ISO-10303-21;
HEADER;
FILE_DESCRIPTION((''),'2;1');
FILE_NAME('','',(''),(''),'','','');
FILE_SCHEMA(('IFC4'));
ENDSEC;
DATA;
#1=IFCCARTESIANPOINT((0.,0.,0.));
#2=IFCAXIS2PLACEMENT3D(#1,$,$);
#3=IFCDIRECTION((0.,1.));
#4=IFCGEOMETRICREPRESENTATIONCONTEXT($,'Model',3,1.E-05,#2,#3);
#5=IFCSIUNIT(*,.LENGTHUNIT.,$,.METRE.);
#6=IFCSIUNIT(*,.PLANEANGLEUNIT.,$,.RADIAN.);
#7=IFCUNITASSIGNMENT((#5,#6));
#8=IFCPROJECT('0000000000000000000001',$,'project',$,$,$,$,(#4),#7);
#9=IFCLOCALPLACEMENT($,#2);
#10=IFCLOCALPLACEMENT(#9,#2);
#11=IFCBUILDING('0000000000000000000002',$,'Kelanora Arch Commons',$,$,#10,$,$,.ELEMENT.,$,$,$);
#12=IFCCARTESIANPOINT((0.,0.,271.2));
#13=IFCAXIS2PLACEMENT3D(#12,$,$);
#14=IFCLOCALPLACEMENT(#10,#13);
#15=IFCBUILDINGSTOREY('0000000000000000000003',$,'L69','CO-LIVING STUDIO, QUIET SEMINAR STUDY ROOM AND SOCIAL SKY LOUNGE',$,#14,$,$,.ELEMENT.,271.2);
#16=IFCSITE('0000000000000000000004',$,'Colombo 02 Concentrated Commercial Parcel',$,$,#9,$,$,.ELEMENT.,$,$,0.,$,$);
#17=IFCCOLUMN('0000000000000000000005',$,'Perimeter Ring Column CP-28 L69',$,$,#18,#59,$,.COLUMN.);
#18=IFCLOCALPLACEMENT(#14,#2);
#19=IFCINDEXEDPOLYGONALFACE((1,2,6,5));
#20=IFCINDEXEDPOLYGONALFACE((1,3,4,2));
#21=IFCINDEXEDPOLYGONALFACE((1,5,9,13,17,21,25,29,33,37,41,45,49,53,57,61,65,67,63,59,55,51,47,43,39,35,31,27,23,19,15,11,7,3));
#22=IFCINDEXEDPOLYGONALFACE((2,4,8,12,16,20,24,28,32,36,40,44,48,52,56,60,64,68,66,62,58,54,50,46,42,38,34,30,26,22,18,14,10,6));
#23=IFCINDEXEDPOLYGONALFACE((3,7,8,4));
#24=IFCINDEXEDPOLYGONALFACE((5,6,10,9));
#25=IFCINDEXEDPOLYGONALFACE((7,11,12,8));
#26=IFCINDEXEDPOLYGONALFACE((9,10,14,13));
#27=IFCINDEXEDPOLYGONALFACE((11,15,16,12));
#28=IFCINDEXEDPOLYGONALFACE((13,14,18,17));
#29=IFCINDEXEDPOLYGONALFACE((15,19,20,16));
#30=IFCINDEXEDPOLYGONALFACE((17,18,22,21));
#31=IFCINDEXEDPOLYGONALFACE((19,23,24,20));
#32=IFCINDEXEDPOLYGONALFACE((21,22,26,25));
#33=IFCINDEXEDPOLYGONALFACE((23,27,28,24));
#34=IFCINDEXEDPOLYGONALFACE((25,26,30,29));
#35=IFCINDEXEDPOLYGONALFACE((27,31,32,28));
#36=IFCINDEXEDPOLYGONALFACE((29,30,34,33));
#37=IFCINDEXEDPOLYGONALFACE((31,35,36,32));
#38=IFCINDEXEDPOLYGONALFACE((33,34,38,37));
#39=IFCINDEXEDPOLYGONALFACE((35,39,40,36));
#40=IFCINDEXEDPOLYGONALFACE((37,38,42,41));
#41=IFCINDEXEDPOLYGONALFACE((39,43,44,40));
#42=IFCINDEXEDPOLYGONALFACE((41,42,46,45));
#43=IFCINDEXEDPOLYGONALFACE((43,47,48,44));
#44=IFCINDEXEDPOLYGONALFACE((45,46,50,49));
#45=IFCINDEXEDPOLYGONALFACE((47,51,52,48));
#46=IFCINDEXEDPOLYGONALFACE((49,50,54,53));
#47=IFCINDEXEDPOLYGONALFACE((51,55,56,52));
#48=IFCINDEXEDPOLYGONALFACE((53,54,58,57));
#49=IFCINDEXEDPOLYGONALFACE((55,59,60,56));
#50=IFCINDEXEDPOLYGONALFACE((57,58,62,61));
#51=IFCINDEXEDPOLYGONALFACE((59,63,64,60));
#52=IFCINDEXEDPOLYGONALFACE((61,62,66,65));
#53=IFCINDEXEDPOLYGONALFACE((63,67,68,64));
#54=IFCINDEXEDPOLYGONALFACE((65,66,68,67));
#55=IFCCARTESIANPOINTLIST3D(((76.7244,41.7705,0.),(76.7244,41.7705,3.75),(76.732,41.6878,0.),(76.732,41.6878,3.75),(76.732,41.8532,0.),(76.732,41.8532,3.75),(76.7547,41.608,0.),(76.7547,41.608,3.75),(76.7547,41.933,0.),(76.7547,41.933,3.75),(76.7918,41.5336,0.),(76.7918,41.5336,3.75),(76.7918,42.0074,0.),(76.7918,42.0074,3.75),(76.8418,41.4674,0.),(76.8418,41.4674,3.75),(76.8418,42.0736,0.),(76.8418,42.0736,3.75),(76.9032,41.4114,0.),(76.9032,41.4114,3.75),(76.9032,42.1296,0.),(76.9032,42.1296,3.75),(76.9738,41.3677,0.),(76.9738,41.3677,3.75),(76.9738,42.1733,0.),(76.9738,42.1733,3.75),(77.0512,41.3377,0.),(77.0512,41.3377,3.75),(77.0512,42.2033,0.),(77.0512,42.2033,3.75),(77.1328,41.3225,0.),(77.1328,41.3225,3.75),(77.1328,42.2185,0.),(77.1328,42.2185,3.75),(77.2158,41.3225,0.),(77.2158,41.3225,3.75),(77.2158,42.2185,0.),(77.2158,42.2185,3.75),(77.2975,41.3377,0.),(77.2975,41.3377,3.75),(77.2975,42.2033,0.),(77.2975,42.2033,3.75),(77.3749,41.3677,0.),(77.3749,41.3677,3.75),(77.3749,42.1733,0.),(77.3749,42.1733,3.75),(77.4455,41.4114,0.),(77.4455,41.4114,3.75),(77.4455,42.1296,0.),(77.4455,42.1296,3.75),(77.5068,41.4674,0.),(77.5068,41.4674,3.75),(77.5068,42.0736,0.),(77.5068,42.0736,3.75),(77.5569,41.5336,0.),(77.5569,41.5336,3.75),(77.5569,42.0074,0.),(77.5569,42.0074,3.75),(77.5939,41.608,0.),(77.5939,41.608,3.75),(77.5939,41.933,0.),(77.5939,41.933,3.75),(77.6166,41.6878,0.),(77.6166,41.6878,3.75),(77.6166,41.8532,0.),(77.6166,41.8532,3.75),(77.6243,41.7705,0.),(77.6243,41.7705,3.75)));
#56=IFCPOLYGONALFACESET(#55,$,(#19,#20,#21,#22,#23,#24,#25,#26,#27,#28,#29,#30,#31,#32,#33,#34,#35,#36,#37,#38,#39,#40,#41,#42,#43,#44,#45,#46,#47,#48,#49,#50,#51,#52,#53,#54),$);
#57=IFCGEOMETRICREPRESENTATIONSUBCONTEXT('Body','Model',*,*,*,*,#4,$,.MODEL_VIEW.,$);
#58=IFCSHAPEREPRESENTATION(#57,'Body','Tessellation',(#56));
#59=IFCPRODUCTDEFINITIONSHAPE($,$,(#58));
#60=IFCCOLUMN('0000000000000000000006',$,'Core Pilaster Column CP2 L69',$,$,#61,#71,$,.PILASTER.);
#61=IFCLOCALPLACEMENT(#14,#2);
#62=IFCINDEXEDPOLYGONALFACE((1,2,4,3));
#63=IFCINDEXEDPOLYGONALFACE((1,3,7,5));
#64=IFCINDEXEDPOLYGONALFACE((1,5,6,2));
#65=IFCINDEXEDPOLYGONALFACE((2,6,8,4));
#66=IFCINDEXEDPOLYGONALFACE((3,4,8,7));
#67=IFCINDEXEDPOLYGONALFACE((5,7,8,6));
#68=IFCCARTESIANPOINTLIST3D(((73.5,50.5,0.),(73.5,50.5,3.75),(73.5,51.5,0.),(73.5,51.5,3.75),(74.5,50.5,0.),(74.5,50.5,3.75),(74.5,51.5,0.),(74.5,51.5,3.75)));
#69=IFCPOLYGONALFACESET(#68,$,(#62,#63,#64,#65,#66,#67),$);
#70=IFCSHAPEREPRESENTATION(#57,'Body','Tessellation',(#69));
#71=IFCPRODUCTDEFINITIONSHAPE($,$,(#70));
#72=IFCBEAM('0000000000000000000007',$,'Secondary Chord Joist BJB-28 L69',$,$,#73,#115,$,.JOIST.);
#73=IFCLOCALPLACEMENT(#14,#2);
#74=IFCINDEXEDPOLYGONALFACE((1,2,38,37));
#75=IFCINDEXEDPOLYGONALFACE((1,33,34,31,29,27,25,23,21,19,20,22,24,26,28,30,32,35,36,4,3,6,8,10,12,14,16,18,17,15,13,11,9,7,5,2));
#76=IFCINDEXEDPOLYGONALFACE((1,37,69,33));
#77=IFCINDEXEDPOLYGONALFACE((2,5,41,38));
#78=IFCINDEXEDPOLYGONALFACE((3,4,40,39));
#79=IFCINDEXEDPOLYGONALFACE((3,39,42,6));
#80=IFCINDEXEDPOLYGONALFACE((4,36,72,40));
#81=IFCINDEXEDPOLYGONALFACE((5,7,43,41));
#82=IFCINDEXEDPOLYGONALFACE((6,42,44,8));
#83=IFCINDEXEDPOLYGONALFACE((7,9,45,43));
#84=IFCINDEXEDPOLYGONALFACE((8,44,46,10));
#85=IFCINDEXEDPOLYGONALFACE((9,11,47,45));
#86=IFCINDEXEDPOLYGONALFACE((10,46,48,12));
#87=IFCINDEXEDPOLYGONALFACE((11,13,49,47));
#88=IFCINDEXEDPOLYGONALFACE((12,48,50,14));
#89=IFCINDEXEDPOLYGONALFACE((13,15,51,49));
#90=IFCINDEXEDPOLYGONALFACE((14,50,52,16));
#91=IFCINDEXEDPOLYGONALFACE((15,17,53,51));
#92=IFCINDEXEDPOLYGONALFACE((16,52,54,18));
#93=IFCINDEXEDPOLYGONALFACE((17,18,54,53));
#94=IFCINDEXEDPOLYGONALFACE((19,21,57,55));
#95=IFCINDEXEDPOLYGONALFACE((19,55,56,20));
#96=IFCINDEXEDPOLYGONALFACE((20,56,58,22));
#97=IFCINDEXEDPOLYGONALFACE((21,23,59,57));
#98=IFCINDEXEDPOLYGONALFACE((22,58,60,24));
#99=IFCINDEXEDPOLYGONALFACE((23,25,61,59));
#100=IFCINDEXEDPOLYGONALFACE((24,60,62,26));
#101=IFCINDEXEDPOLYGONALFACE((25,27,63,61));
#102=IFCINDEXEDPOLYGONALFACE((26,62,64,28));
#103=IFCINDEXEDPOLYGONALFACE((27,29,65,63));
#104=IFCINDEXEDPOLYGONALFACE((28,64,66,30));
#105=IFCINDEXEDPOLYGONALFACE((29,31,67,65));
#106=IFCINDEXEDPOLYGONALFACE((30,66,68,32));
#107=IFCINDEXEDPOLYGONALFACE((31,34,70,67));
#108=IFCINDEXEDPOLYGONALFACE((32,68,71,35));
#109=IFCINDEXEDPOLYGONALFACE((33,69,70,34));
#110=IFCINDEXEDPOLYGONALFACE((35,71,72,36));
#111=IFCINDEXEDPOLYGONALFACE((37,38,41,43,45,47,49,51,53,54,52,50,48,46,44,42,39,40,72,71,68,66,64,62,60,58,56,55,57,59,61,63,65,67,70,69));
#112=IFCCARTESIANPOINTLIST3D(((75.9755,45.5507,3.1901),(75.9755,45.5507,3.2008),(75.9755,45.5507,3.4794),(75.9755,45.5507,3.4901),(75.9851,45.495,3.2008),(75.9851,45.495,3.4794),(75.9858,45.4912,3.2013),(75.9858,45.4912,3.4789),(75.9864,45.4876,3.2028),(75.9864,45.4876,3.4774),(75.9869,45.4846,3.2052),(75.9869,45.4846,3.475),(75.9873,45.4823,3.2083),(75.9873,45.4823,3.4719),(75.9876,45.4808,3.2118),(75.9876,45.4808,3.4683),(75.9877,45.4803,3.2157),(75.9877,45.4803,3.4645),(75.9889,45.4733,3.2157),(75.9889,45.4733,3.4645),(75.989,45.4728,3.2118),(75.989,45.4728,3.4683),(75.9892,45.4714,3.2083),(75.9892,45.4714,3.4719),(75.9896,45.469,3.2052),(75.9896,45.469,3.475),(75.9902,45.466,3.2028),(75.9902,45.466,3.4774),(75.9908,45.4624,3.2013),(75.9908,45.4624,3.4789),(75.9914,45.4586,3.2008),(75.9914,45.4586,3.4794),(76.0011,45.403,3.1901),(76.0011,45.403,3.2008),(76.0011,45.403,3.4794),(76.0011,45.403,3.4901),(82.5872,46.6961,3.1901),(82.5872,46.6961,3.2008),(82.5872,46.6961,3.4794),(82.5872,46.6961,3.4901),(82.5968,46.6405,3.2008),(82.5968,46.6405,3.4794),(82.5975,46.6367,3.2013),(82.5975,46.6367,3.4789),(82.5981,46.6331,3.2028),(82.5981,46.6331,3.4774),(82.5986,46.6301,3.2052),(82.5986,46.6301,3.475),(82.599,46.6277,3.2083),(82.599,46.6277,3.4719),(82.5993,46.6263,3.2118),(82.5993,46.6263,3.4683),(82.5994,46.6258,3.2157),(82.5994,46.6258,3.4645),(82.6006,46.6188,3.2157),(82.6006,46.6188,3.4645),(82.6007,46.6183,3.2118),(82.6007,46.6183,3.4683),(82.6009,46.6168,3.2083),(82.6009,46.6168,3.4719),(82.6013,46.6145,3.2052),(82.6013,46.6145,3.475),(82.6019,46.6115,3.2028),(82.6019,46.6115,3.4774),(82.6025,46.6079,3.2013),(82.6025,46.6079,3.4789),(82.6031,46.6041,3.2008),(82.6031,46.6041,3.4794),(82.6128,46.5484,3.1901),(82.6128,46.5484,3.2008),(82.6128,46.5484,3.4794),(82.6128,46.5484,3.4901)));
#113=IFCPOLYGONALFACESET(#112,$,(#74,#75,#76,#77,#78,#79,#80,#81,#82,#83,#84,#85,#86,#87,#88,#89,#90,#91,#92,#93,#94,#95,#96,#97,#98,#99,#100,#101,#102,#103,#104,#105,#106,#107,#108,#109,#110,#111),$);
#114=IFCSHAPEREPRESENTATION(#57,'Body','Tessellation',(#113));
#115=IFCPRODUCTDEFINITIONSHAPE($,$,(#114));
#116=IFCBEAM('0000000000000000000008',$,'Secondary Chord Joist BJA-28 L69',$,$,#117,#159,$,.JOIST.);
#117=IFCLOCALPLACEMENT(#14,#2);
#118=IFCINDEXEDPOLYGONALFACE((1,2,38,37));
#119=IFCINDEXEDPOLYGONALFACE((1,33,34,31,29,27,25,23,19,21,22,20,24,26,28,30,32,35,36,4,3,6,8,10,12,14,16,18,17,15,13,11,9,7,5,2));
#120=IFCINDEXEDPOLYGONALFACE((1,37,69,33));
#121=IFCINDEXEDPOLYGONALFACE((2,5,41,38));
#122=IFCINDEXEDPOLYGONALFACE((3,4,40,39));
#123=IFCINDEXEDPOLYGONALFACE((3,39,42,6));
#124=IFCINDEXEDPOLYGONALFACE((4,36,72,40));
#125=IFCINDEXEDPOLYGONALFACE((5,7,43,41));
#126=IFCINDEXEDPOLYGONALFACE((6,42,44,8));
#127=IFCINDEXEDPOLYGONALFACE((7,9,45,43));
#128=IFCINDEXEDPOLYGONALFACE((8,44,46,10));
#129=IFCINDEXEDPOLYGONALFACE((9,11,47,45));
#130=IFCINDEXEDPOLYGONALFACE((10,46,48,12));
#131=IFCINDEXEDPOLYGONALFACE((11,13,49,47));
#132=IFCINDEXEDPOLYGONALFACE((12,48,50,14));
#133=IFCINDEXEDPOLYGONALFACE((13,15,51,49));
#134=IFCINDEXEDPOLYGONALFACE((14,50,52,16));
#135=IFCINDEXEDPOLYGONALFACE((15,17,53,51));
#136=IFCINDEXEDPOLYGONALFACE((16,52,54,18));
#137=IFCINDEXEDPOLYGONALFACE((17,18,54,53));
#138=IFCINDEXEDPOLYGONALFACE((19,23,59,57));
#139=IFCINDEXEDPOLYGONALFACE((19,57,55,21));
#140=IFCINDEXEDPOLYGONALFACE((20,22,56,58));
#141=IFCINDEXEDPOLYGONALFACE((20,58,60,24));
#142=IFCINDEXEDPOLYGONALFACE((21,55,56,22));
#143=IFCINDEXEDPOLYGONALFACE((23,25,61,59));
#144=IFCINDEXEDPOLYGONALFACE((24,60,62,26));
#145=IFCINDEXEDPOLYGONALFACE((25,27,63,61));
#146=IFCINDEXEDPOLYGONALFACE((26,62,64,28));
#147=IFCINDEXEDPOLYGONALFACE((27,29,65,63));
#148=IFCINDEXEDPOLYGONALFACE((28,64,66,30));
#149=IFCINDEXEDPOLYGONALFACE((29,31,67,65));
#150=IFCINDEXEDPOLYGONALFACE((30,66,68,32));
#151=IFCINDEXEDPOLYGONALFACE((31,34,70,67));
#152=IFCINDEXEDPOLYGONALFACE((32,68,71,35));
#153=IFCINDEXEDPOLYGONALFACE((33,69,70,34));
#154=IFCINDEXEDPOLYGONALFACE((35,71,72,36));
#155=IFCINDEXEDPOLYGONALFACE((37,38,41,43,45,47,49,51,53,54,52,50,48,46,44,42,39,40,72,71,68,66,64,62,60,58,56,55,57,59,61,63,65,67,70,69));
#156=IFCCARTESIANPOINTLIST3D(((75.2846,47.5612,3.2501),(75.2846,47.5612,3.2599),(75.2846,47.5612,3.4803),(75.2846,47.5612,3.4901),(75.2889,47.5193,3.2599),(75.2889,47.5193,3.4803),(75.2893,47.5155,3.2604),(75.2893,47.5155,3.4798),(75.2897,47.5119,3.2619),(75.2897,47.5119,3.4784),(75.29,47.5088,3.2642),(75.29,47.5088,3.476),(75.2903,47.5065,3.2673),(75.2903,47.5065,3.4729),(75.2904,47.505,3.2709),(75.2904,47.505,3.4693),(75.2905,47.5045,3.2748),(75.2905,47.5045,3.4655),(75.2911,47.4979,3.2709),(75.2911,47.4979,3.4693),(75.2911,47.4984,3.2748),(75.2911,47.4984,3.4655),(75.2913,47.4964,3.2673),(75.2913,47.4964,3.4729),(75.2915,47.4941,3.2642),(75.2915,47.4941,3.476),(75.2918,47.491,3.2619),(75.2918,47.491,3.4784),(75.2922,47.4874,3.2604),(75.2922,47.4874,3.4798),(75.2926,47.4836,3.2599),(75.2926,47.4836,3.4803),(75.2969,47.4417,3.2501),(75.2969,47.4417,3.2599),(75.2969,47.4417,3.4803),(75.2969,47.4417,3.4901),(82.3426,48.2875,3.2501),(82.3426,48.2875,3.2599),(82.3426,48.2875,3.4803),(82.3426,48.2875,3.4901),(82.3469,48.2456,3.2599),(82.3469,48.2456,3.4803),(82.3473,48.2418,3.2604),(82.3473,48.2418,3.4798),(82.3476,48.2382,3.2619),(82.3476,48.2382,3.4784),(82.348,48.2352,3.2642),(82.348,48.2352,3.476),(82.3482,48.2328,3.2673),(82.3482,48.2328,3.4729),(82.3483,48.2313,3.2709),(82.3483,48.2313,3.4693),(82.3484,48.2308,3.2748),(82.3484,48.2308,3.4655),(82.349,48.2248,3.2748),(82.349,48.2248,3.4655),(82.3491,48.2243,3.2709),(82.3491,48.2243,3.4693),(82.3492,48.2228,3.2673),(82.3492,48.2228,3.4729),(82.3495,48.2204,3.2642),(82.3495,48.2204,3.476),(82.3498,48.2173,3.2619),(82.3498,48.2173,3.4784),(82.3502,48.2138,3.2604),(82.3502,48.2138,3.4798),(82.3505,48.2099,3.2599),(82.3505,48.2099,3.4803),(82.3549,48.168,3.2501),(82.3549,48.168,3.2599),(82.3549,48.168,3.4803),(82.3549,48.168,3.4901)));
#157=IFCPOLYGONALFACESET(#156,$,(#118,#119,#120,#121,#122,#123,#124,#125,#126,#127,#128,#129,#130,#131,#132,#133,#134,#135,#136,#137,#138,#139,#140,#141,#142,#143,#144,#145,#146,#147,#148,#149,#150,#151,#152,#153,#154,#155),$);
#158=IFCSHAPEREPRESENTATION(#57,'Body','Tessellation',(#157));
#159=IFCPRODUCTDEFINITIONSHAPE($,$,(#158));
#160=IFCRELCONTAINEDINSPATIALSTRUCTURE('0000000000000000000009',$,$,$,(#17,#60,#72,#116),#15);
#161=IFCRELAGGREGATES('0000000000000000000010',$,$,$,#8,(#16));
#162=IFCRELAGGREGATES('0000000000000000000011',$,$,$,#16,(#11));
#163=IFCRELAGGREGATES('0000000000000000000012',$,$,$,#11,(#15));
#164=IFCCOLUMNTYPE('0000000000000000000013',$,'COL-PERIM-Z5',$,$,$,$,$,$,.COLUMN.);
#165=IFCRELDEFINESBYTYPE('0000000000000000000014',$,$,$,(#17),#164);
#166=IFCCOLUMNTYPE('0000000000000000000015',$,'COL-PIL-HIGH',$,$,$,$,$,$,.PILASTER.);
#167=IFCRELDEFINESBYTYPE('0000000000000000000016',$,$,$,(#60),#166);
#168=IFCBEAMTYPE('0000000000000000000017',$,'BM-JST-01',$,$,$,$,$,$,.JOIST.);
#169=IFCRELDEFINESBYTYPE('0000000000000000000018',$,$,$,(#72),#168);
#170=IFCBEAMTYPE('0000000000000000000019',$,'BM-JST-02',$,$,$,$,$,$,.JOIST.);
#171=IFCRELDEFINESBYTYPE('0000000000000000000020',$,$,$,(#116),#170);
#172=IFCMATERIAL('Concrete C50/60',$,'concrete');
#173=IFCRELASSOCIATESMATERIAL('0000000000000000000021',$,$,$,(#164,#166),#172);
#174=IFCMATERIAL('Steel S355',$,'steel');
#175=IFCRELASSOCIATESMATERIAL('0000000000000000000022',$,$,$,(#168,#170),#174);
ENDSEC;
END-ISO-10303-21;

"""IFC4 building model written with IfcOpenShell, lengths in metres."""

from ifc_helpers import new_model, si_unit, direction, frame, origin, origin_2d, place, context, subcontext, project, spatial, rectangle, circle, i_section, extrude, material, material_profile, profile_set, type_object, element, save


model = new_model("IFC4")

# Units and contexts
model_context = context("Model", 3, precision=1e-05, world=origin(), true_north=direction((0.0, 1.0)))
body_context = subcontext(model_context, "Body", "Model", "MODEL_VIEW")
ifc_project = project(units=[si_unit("LENGTHUNIT", "METRE"), si_unit("PLANEANGLEUNIT", "RADIAN")], contexts=[model_context])

# Site, building, storey
site_placement = place(None, origin())
site = spatial("IfcSite", under=ifc_project, at=site_placement, Name="Colombo 02 Concentrated Commercial Parcel", CompositionType="ELEMENT", RefElevation=0.0)
building_placement = place(site_placement, origin())
building = spatial("IfcBuilding", under=site, at=building_placement, Name="Kelanora Arch Commons", CompositionType="ELEMENT")
storey_placement = place(building_placement, frame((0.0, 0.0, 271.2)))
storey = spatial("IfcBuildingStorey", under=building, at=storey_placement, Name="L69", Description="CO-LIVING STUDIO, QUIET SEMINAR STUDY ROOM AND SOCIAL SKY LOUNGE", CompositionType="ELEMENT", Elevation=271.2)

# Columns
ifc_material_1 = material(Name="Concrete C50/60", Category="concrete")
ifc_material_profile_1 = material_profile(ifc_material_1, circle(Radius=0.45, at=origin_2d()), Name="RCC900")
ifc_profile_set_1 = profile_set([ifc_material_profile_1], Name="Concrete C50/60")
column_type_1 = type_object("IfcColumnType", Name="COL-PERIM-Z5", PredefinedType="COLUMN", material=ifc_profile_set_1)
column_1_placement = place(storey_placement, frame((77.1743, 41.7705, 0.0), z_axis=(0.0, 0.0, 1.0), x_axis=(1.0, 0.0, 0.0)))
element("IfcColumn", 1, at=column_1_placement, inside=storey, type_object=column_type_1, Name="Perimeter Ring Column CP-28 L69", PredefinedType="COLUMN", context=body_context, shape_type="SweptSolid", body=[
    extrude(circle(Radius=0.45, at=origin_2d()), origin(), (0.0, 0.0, 1.0), 3.75),
])
ifc_material_profile_2 = material_profile(ifc_material_1, rectangle(XDim=1.0, YDim=1.0, at=origin_2d()), Name="RC1000x1000")
ifc_profile_set_2 = profile_set([ifc_material_profile_2], Name="Concrete C50/60")
column_type_2 = type_object("IfcColumnType", Name="COL-PIL-HIGH", PredefinedType="PILASTER", material=ifc_profile_set_2)
column_2_placement = place(storey_placement, frame((74.0, 51.0, 0.0), z_axis=(0.0, 0.0, 1.0), x_axis=(1.0, 0.0, 0.0)))
element("IfcColumn", 2, at=column_2_placement, inside=storey, type_object=column_type_2, Name="Core Pilaster Column CP2 L69", PredefinedType="PILASTER", context=body_context, shape_type="SweptSolid", body=[
    extrude(rectangle(XDim=1.0, YDim=1.0, at=origin_2d()), origin(), (0.0, 0.0, 1.0), 3.75),
])

# Beams
ifc_material_2 = material(Name="Steel S355", Category="steel")
ifc_material_profile_3 = material_profile(ifc_material_2, i_section(OverallWidth=0.1499, OverallDepth=0.3, WebThickness=0.0071, FlangeThickness=0.0107, FilletRadius=0.0149, at=origin_2d()), Name="IPE300")
ifc_profile_set_3 = profile_set([ifc_material_profile_3], Name="Steel S355")
beam_type_1 = type_object("IfcBeamType", Name="BM-JST-01", PredefinedType="JOIST", material=ifc_profile_set_3)
beam_1_placement = place(storey_placement, frame((75.9883, 45.4768, 3.3401), z_axis=(0.985322, 0.170709, 0.0), x_axis=(-0.170709, 0.985322, 0.0)))
element("IfcBeam", 3, at=beam_1_placement, inside=storey, type_object=beam_type_1, Name="Secondary Chord Joist BJB-28 L69", PredefinedType="JOIST", context=body_context, shape_type="SweptSolid", body=[
    extrude(i_section(OverallWidth=0.1499, OverallDepth=0.3, WebThickness=0.0071, FlangeThickness=0.0107, FilletRadius=0.0149, at=origin_2d()), origin(), (0.0, 0.0, 1.0), 6.7102),
])
ifc_material_profile_4 = material_profile(ifc_material_2, i_section(OverallWidth=0.1201, OverallDepth=0.24, WebThickness=0.0061, FlangeThickness=0.0098, FilletRadius=0.0149, at=origin_2d()), Name="IPE240")
ifc_profile_set_4 = profile_set([ifc_material_profile_4], Name="Steel S355")
beam_type_2 = type_object("IfcBeamType", Name="BM-JST-02", PredefinedType="JOIST", material=ifc_profile_set_4)
beam_2_placement = place(storey_placement, frame((75.2908, 47.5015, 3.3701), z_axis=(0.994747, 0.102369, 0.0), x_axis=(-0.102369, 0.994747, 0.0)))
element("IfcBeam", 4, at=beam_2_placement, inside=storey, type_object=beam_type_2, Name="Secondary Chord Joist BJA-28 L69", PredefinedType="JOIST", context=body_context, shape_type="SweptSolid", body=[
    extrude(i_section(OverallWidth=0.1201, OverallDepth=0.24, WebThickness=0.0061, FlangeThickness=0.0098, FilletRadius=0.0149, at=origin_2d()), origin(), (0.0, 0.0, 1.0), 7.0952),
])

save(model, "model.ifc")
